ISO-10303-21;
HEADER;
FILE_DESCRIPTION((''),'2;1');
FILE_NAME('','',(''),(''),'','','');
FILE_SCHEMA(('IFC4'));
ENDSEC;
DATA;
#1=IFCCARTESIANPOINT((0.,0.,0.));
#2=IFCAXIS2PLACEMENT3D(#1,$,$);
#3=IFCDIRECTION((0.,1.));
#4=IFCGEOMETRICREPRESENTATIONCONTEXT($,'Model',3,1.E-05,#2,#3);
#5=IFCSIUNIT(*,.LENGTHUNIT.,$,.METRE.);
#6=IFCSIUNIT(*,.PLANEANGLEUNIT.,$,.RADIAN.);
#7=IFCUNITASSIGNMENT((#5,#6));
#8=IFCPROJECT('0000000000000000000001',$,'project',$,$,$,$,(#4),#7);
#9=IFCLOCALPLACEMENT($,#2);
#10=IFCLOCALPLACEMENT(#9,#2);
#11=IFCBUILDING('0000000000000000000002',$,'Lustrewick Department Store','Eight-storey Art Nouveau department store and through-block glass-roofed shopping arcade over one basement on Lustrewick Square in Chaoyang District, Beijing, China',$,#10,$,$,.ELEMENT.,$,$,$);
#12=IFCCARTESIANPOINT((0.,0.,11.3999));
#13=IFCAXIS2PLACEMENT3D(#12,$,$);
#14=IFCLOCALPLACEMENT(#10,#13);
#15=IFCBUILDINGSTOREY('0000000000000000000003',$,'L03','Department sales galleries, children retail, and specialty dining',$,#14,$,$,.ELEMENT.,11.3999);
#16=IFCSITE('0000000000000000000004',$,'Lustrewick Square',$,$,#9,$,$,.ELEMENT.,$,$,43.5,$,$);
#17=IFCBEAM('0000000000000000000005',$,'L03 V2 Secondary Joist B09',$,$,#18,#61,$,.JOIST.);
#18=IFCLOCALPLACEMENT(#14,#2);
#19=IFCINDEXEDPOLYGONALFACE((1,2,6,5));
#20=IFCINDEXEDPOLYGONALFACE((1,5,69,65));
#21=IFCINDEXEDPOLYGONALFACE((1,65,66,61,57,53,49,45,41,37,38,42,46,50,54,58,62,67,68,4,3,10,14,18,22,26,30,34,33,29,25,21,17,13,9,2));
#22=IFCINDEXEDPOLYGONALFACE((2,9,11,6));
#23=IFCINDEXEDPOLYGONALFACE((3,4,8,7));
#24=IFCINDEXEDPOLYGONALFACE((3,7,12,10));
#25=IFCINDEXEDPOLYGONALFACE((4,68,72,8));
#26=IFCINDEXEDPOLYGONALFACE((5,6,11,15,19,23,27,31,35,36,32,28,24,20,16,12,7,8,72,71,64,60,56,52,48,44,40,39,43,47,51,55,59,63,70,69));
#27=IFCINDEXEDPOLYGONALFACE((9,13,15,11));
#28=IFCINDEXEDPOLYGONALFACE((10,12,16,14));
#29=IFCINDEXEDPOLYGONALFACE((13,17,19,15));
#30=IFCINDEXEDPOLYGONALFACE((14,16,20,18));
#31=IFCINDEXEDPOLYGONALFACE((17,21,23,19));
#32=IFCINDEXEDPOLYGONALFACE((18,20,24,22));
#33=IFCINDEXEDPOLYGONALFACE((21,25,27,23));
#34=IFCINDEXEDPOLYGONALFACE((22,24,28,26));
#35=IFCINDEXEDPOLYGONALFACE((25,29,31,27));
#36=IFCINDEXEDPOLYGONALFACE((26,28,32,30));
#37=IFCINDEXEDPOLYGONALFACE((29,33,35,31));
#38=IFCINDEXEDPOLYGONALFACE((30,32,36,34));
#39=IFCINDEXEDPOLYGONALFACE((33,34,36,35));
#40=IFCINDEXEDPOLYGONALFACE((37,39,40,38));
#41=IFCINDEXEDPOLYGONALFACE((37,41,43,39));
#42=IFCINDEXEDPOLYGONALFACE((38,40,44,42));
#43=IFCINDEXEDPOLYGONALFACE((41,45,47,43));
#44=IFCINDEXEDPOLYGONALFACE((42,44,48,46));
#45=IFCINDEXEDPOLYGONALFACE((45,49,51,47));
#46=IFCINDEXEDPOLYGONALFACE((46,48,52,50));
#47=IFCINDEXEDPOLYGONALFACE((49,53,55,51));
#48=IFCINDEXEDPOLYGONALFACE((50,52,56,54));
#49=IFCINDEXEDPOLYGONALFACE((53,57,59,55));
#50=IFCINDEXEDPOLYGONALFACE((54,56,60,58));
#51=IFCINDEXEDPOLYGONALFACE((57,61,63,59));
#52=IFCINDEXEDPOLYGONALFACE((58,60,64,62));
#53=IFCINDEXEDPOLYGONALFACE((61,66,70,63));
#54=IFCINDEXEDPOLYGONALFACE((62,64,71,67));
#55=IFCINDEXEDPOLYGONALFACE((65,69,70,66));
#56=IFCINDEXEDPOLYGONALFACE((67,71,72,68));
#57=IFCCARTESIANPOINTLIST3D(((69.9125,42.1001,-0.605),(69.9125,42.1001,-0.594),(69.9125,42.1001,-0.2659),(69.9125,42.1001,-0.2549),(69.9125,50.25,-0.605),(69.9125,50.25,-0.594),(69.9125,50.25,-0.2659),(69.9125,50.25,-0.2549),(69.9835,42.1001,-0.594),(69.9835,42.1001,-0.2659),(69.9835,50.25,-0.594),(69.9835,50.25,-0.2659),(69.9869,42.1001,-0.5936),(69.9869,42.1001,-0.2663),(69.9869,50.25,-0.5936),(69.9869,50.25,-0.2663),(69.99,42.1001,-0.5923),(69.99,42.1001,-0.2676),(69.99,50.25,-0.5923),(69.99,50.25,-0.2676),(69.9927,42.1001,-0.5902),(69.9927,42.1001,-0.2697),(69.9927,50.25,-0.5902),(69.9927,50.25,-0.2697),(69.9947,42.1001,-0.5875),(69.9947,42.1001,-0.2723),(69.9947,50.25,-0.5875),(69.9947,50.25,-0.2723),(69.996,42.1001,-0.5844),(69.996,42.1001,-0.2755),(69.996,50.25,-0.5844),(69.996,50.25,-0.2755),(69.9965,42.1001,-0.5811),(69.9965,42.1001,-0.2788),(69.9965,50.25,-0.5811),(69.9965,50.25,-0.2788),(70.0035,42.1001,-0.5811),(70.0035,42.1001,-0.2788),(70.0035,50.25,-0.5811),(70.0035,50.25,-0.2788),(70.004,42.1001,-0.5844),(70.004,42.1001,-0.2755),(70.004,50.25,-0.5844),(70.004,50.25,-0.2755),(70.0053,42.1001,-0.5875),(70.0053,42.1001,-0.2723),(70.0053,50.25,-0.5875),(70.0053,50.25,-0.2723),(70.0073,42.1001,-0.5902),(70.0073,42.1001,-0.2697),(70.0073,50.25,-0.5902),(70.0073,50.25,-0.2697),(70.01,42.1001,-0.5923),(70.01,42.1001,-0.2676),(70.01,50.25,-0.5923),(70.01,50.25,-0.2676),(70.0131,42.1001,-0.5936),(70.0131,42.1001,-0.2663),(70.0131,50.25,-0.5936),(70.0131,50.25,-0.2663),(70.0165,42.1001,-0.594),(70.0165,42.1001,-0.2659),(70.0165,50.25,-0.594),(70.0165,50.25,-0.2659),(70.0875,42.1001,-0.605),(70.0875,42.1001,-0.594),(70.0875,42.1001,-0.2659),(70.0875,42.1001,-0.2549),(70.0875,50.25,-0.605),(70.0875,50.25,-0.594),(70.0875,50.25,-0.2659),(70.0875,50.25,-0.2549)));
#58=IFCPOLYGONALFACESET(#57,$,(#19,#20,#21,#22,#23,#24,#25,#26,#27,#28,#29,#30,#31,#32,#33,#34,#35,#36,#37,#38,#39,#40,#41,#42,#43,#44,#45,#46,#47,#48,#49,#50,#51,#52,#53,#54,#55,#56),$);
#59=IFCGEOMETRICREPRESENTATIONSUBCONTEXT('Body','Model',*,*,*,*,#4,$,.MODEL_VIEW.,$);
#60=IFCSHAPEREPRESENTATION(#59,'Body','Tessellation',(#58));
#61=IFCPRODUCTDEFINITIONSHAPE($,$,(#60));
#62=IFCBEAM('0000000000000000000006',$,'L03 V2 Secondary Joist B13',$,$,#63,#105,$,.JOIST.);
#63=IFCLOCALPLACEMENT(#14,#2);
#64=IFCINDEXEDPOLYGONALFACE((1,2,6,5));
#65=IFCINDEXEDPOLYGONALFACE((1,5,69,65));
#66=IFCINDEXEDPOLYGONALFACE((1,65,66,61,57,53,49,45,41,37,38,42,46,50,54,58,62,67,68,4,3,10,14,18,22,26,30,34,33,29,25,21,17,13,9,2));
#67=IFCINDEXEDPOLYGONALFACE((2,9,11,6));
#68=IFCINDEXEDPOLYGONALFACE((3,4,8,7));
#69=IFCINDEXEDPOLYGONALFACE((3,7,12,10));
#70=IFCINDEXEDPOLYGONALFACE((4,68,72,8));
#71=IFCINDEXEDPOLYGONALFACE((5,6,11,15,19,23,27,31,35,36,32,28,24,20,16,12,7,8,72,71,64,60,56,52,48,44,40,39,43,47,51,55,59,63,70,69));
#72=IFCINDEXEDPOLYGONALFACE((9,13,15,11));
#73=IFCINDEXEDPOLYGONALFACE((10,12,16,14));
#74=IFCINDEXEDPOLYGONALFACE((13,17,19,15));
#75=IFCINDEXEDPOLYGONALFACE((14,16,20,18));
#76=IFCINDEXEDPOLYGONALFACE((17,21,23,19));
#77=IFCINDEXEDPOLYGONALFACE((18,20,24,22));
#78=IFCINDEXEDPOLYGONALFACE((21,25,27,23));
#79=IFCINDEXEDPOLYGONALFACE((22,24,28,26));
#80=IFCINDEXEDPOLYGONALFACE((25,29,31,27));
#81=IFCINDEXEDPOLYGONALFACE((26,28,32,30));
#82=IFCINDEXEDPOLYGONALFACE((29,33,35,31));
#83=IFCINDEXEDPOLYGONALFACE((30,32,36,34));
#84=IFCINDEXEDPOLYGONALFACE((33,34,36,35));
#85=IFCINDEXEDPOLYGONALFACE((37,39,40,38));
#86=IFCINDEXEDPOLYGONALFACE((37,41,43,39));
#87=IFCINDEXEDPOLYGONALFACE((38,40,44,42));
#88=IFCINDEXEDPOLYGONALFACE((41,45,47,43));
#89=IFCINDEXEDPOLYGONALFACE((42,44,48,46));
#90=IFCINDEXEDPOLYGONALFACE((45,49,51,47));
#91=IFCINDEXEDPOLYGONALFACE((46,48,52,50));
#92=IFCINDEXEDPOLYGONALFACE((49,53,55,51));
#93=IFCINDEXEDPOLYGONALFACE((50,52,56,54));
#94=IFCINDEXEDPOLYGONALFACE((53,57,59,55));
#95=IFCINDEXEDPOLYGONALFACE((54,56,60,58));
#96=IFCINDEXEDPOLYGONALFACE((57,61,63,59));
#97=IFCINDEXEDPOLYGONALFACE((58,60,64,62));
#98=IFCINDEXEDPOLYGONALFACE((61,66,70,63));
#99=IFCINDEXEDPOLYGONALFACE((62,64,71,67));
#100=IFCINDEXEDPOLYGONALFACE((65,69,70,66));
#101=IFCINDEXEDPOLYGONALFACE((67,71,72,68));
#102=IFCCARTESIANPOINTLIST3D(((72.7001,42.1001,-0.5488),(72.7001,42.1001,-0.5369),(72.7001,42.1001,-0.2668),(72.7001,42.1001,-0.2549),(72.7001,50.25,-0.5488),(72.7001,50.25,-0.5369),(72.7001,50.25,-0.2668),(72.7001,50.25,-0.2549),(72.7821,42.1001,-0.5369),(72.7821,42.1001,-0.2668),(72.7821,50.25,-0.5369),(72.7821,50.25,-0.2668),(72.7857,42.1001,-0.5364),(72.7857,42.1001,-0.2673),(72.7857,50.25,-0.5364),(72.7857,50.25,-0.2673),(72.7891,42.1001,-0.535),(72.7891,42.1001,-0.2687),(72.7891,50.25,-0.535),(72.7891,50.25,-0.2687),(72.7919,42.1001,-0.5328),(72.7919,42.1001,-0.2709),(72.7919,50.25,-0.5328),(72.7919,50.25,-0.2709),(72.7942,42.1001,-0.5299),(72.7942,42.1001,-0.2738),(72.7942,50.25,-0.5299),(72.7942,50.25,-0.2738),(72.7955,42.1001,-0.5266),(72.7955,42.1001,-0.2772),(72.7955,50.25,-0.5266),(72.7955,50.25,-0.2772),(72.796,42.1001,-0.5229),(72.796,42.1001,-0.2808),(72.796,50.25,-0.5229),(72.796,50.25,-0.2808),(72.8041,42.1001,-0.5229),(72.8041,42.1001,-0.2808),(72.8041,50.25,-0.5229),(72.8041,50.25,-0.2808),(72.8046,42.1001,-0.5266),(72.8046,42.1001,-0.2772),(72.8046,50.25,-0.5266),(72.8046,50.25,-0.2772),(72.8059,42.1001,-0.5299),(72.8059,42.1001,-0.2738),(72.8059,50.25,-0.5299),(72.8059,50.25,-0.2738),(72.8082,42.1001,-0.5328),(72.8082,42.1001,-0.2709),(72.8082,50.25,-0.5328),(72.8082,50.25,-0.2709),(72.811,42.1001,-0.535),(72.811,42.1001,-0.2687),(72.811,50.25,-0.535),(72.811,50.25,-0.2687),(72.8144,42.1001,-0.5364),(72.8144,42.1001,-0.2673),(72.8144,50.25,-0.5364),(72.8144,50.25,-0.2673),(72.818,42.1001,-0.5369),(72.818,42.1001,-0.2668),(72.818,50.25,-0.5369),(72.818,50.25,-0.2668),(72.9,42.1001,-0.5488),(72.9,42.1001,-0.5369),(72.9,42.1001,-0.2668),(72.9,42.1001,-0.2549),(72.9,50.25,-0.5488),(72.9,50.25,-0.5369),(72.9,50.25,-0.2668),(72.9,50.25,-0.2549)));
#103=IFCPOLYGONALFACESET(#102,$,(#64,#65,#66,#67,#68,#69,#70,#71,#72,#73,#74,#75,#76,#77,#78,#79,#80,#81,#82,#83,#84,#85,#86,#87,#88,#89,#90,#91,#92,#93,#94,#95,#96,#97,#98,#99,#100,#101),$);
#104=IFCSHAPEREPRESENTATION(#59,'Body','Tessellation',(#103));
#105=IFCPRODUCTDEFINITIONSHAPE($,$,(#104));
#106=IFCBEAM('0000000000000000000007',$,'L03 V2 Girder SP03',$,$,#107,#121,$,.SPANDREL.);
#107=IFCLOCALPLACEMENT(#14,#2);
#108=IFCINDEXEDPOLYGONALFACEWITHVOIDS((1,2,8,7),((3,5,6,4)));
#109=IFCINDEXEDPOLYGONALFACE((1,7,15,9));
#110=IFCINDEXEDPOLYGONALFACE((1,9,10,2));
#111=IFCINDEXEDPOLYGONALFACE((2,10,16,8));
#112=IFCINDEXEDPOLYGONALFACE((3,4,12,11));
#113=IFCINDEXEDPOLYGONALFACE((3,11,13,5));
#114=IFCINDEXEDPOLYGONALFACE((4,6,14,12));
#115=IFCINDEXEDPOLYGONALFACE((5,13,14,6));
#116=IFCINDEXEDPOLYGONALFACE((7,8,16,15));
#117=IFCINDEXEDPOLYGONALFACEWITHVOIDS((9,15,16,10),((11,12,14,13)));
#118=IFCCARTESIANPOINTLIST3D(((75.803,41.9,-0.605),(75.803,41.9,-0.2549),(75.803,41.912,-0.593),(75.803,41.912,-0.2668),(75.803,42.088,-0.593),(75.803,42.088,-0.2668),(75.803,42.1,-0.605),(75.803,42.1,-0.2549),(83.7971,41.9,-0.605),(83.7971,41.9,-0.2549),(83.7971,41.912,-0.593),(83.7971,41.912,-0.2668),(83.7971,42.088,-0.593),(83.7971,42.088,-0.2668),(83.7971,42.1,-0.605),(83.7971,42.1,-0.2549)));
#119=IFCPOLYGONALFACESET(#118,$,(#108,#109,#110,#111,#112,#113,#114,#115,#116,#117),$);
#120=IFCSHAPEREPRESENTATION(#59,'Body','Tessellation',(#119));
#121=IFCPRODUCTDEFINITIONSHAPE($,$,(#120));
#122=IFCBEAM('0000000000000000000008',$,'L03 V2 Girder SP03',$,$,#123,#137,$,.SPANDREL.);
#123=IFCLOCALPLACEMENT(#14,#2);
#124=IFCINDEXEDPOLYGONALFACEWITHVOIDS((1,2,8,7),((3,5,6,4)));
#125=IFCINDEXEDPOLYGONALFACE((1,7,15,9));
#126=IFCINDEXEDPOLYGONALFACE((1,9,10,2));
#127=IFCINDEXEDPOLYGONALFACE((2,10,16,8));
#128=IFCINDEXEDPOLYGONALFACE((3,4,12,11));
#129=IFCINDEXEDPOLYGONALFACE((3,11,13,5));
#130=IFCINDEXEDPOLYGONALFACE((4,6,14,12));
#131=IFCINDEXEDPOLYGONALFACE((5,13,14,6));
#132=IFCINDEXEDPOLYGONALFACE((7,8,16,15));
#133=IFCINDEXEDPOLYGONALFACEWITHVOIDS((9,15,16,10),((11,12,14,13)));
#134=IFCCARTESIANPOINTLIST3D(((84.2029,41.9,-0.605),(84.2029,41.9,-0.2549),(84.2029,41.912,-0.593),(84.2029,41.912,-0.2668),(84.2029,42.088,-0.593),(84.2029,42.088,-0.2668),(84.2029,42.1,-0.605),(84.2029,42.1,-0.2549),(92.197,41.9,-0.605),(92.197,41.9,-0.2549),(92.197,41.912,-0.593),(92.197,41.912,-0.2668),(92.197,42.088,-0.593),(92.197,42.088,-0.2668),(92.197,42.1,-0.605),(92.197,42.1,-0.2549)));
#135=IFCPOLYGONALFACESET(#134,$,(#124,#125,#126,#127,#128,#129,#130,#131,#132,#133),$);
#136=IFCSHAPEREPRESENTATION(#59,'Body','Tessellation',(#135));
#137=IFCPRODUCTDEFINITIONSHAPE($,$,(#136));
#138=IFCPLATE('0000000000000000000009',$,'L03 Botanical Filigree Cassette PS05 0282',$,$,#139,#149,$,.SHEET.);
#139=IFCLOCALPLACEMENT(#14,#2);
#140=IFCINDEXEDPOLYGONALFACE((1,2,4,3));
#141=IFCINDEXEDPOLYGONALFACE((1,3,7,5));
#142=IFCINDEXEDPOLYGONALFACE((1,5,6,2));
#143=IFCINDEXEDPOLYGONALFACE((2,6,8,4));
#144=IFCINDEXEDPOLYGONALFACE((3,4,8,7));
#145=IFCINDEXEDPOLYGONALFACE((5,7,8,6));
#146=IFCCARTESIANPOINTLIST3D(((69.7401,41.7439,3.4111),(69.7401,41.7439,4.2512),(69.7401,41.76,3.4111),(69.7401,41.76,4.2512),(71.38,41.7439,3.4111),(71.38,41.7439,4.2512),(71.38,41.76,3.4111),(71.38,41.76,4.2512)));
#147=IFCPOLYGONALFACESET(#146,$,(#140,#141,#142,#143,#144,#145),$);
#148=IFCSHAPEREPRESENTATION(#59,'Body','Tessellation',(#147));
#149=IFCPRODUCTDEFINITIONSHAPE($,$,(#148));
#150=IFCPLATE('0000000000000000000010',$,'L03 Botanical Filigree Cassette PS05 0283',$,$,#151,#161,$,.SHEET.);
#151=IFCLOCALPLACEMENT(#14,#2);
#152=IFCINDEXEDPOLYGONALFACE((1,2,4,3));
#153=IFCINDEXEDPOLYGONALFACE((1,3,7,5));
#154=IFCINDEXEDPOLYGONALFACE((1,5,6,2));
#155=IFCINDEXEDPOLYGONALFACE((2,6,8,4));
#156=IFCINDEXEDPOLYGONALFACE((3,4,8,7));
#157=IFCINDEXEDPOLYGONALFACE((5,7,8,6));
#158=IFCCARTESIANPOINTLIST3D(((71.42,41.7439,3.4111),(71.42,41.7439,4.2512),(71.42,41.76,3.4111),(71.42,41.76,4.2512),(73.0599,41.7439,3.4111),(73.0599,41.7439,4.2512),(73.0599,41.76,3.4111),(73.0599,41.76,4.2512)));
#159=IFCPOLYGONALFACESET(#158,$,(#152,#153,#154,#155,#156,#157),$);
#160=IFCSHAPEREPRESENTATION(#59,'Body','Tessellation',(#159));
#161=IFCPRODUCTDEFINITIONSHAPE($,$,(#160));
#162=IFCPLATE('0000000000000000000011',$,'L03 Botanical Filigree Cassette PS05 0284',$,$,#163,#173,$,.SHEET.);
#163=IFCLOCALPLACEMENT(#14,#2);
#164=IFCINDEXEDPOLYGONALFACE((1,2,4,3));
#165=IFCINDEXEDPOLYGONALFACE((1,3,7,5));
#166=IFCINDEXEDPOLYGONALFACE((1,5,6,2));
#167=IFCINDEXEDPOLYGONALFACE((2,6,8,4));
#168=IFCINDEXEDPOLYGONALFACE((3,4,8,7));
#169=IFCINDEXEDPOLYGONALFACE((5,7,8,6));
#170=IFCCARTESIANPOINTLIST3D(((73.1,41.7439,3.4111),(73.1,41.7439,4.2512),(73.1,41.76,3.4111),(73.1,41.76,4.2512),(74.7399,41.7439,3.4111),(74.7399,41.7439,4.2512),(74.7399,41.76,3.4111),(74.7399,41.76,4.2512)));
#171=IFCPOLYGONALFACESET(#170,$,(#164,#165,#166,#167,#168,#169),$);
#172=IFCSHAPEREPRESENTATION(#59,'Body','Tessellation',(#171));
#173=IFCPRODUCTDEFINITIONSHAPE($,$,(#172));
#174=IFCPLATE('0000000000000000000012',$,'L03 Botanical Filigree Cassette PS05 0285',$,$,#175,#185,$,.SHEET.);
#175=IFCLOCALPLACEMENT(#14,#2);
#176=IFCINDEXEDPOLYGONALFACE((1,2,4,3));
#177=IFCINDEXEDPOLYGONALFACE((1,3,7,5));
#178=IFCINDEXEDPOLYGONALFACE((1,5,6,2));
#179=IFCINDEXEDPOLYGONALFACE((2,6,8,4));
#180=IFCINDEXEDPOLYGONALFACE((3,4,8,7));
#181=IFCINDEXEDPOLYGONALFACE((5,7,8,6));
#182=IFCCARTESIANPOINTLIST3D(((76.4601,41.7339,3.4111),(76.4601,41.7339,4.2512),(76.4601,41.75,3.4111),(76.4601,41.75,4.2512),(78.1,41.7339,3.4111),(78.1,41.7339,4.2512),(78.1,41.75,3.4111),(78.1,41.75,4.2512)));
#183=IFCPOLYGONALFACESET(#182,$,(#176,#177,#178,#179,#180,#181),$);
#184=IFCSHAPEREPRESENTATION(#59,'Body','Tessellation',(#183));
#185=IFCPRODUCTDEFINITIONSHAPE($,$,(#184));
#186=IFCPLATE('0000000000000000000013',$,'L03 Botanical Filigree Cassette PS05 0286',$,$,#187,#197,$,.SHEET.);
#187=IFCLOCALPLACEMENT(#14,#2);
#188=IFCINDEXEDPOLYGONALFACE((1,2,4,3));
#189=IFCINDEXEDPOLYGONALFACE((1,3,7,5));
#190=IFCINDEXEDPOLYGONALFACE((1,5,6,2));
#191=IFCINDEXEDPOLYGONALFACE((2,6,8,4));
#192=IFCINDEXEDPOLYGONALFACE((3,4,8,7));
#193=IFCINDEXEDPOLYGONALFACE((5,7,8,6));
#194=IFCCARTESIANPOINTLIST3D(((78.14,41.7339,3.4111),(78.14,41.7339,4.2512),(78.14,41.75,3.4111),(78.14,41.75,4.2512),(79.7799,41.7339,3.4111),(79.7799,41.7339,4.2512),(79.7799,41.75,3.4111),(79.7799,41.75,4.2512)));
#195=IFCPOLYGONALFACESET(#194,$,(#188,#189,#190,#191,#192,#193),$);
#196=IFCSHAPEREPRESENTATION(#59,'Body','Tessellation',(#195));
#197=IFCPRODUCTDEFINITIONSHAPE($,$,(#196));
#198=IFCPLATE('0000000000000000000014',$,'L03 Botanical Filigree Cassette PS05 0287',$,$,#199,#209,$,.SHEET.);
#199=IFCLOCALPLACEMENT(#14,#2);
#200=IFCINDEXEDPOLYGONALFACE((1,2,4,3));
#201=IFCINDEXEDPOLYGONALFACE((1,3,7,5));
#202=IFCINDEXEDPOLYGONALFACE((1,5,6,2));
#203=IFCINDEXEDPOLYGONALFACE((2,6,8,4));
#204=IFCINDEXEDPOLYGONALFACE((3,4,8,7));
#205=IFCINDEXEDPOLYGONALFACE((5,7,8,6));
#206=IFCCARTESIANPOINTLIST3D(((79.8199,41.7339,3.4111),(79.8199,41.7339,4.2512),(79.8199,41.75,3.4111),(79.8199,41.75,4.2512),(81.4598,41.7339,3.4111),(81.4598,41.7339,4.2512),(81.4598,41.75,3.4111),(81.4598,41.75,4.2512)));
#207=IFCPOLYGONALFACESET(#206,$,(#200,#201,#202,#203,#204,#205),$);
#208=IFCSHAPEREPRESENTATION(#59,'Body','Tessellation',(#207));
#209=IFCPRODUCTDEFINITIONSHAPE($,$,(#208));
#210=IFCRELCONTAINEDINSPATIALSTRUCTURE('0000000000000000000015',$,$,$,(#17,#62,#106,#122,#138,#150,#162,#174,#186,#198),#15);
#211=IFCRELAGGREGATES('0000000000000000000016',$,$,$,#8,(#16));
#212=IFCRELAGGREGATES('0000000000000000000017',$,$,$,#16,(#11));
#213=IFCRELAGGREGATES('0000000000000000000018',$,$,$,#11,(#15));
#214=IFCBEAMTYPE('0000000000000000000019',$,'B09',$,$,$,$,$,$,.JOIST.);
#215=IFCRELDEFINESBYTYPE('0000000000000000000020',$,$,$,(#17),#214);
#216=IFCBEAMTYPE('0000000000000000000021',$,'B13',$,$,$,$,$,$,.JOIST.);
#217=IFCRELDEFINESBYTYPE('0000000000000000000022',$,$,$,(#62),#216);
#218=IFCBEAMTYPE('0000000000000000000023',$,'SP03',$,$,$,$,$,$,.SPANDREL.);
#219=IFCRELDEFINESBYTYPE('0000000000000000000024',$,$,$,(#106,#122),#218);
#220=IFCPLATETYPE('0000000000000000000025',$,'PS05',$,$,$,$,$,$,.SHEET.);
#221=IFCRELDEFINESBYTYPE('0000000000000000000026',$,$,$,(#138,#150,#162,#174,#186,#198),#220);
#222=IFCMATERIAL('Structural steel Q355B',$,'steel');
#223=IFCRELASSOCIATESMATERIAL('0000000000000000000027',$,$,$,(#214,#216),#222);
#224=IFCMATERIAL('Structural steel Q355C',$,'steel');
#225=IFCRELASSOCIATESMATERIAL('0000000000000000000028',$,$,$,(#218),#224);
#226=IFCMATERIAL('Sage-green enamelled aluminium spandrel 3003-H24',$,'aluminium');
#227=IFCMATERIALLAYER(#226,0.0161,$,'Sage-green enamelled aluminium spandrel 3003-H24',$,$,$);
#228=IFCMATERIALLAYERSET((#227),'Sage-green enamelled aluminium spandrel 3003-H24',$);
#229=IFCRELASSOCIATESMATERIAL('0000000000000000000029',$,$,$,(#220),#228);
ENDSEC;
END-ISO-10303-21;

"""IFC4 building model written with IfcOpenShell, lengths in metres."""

from ifc_helpers import new_model, si_unit, direction, frame, origin, origin_2d, place, context, subcontext, project, spatial, rectangle, hollow_rectangle, i_section, extrude, material, layer, layer_set, material_profile, profile_set, type_object, element, save


model = new_model("IFC4")

# Units and contexts
model_context = context("Model", 3, precision=1e-05, world=origin(), true_north=direction((0.0, 1.0)))
body_context = subcontext(model_context, "Body", "Model", "MODEL_VIEW")
ifc_project = project(units=[si_unit("LENGTHUNIT", "METRE"), si_unit("PLANEANGLEUNIT", "RADIAN")], contexts=[model_context])

# Site, building, storey
site_placement = place(None, origin())
site = spatial("IfcSite", under=ifc_project, at=site_placement, Name="Lustrewick Square", CompositionType="ELEMENT", RefElevation=43.5)
building_placement = place(site_placement, origin())
building = spatial("IfcBuilding", under=site, at=building_placement, Name="Lustrewick Department Store", Description="Eight-storey Art Nouveau department store and through-block glass-roofed shopping arcade over one basement on Lustrewick Square in Chaoyang District, Beijing, China", CompositionType="ELEMENT")
storey_placement = place(building_placement, frame((0.0, 0.0, 11.3999)))
storey = spatial("IfcBuildingStorey", under=building, at=storey_placement, Name="L03", Description="Department sales galleries, children retail, and specialty dining", CompositionType="ELEMENT", Elevation=11.3999)

# Shared definitions
ifc_material_1 = material(Name="Structural steel Q355C", Category="steel")

# Beams
ifc_material_2 = material(Name="Structural steel Q355B", Category="steel")
ifc_material_profile_1 = material_profile(ifc_material_2, i_section(OverallWidth=0.175, OverallDepth=0.3501, WebThickness=0.0071, FlangeThickness=0.011, FilletRadius=0.0129, at=origin_2d()), Name="HN 350x175x7x11")
ifc_profile_set_1 = profile_set([ifc_material_profile_1], Name="Structural steel Q355B")
beam_type_1 = type_object("IfcBeamType", Name="B09", PredefinedType="JOIST", material=ifc_profile_set_1)
beam_1_placement = place(storey_placement, frame((70.0, 42.1001, -0.4299), z_axis=(0.0, 1.0, 0.0), x_axis=(-1.0, 0.0, 0.0)))
element("IfcBeam", 1, at=beam_1_placement, inside=storey, type_object=beam_type_1, Name="L03 V2 Secondary Joist B09", PredefinedType="JOIST", context=body_context, shape_type="SweptSolid", body=[
    extrude(i_section(OverallWidth=0.175, OverallDepth=0.3501, WebThickness=0.0071, FlangeThickness=0.011, FilletRadius=0.0129, at=origin_2d()), origin(), (0.0, 0.0, 1.0), 8.1499),
])
ifc_material_profile_2 = material_profile(ifc_material_2, i_section(OverallWidth=0.2, OverallDepth=0.2939, WebThickness=0.0081, FlangeThickness=0.012, FilletRadius=0.0139, at=origin_2d()), Name="HM 294x200x8x12")
ifc_profile_set_2 = profile_set([ifc_material_profile_2], Name="Structural steel Q355B")
beam_type_2 = type_object("IfcBeamType", Name="B13", PredefinedType="JOIST", material=ifc_profile_set_2)
beam_2_placement = place(storey_placement, frame((72.8, 42.1001, -0.4019), z_axis=(0.0, 1.0, 0.0), x_axis=(-1.0, 0.0, 0.0)))
element("IfcBeam", 2, at=beam_2_placement, inside=storey, type_object=beam_type_2, Name="L03 V2 Secondary Joist B13", PredefinedType="JOIST", context=body_context, shape_type="SweptSolid", body=[
    extrude(i_section(OverallWidth=0.2, OverallDepth=0.2939, WebThickness=0.0081, FlangeThickness=0.012, FilletRadius=0.0139, at=origin_2d()), origin(), (0.0, 0.0, 1.0), 8.1499),
])
ifc_material_profile_3 = material_profile(ifc_material_1, hollow_rectangle(XDim=0.2, YDim=0.3501, WallThickness=0.012, at=origin_2d()), Name="RHS 350x200x12")
ifc_profile_set_3 = profile_set([ifc_material_profile_3], Name="Structural steel Q355C")
beam_type_3 = type_object("IfcBeamType", Name="SP03", PredefinedType="SPANDREL", material=ifc_profile_set_3)
for number, where, z_axis, x_axis, name in (
    (3, (75.803, 42.0, -0.4299), (1.0, 0.0, 0.0), (0.0, 1.0, 0.0), "L03 V2 Girder SP03"),
    (4, (84.2029, 42.0, -0.4299), (1.0, 0.0, 0.0), (0.0, 1.0, 0.0), "L03 V2 Girder SP03"),
):
    element("IfcBeam", number, at=place(storey_placement, frame(where, z_axis=z_axis, x_axis=x_axis)), inside=storey, type_object=beam_type_3, Name=name, PredefinedType="SPANDREL", context=body_context, shape_type="SweptSolid", body=[
        extrude(hollow_rectangle(XDim=0.2, YDim=0.3501, WallThickness=0.012, at=origin_2d()), origin(), (0.0, 0.0, 1.0), 7.9941),
    ])

# Plates
ifc_material_3 = material(Name="Sage-green enamelled aluminium spandrel 3003-H24", Category="aluminium")
ifc_layer_1 = layer(ifc_material_3, 0.0161, Name="Sage-green enamelled aluminium spandrel 3003-H24")
ifc_layer_set_1 = layer_set([ifc_layer_1], Name="Sage-green enamelled aluminium spandrel 3003-H24")
plate_type = type_object("IfcPlateType", Name="PS05", PredefinedType="SHEET", material=ifc_layer_set_1)
for number, where, z_axis, x_axis, name in (
    (5, (70.5601, 41.752, 3.4111), (0.0, 0.0, 1.0), (1.0, 0.0, 0.0), "L03 Botanical Filigree Cassette PS05 0282"),
    (6, (72.24, 41.752, 3.4111), (0.0, 0.0, 1.0), (1.0, 0.0, 0.0), "L03 Botanical Filigree Cassette PS05 0283"),
    (7, (73.9199, 41.752, 3.4111), (0.0, 0.0, 1.0), (1.0, 0.0, 0.0), "L03 Botanical Filigree Cassette PS05 0284"),
    (8, (77.28, 41.7419, 3.4111), (0.0, 0.0, 1.0), (1.0, 0.0, 0.0), "L03 Botanical Filigree Cassette PS05 0285"),
    (9, (78.96, 41.7419, 3.4111), (0.0, 0.0, 1.0), (1.0, 0.0, 0.0), "L03 Botanical Filigree Cassette PS05 0286"),
    (10, (80.6399, 41.7419, 3.4111), (0.0, 0.0, 1.0), (1.0, 0.0, 0.0), "L03 Botanical Filigree Cassette PS05 0287"),
):
    element("IfcPlate", number, at=place(storey_placement, frame(where, z_axis=z_axis, x_axis=x_axis)), inside=storey, type_object=plate_type, Name=name, PredefinedType="SHEET", context=body_context, shape_type="SweptSolid", body=[
        extrude(rectangle(XDim=1.6399, YDim=0.0161, at=origin_2d()), origin(), (0.0, 0.0, 1.0), 0.8401),
    ])

save(model, "model.ifc")
